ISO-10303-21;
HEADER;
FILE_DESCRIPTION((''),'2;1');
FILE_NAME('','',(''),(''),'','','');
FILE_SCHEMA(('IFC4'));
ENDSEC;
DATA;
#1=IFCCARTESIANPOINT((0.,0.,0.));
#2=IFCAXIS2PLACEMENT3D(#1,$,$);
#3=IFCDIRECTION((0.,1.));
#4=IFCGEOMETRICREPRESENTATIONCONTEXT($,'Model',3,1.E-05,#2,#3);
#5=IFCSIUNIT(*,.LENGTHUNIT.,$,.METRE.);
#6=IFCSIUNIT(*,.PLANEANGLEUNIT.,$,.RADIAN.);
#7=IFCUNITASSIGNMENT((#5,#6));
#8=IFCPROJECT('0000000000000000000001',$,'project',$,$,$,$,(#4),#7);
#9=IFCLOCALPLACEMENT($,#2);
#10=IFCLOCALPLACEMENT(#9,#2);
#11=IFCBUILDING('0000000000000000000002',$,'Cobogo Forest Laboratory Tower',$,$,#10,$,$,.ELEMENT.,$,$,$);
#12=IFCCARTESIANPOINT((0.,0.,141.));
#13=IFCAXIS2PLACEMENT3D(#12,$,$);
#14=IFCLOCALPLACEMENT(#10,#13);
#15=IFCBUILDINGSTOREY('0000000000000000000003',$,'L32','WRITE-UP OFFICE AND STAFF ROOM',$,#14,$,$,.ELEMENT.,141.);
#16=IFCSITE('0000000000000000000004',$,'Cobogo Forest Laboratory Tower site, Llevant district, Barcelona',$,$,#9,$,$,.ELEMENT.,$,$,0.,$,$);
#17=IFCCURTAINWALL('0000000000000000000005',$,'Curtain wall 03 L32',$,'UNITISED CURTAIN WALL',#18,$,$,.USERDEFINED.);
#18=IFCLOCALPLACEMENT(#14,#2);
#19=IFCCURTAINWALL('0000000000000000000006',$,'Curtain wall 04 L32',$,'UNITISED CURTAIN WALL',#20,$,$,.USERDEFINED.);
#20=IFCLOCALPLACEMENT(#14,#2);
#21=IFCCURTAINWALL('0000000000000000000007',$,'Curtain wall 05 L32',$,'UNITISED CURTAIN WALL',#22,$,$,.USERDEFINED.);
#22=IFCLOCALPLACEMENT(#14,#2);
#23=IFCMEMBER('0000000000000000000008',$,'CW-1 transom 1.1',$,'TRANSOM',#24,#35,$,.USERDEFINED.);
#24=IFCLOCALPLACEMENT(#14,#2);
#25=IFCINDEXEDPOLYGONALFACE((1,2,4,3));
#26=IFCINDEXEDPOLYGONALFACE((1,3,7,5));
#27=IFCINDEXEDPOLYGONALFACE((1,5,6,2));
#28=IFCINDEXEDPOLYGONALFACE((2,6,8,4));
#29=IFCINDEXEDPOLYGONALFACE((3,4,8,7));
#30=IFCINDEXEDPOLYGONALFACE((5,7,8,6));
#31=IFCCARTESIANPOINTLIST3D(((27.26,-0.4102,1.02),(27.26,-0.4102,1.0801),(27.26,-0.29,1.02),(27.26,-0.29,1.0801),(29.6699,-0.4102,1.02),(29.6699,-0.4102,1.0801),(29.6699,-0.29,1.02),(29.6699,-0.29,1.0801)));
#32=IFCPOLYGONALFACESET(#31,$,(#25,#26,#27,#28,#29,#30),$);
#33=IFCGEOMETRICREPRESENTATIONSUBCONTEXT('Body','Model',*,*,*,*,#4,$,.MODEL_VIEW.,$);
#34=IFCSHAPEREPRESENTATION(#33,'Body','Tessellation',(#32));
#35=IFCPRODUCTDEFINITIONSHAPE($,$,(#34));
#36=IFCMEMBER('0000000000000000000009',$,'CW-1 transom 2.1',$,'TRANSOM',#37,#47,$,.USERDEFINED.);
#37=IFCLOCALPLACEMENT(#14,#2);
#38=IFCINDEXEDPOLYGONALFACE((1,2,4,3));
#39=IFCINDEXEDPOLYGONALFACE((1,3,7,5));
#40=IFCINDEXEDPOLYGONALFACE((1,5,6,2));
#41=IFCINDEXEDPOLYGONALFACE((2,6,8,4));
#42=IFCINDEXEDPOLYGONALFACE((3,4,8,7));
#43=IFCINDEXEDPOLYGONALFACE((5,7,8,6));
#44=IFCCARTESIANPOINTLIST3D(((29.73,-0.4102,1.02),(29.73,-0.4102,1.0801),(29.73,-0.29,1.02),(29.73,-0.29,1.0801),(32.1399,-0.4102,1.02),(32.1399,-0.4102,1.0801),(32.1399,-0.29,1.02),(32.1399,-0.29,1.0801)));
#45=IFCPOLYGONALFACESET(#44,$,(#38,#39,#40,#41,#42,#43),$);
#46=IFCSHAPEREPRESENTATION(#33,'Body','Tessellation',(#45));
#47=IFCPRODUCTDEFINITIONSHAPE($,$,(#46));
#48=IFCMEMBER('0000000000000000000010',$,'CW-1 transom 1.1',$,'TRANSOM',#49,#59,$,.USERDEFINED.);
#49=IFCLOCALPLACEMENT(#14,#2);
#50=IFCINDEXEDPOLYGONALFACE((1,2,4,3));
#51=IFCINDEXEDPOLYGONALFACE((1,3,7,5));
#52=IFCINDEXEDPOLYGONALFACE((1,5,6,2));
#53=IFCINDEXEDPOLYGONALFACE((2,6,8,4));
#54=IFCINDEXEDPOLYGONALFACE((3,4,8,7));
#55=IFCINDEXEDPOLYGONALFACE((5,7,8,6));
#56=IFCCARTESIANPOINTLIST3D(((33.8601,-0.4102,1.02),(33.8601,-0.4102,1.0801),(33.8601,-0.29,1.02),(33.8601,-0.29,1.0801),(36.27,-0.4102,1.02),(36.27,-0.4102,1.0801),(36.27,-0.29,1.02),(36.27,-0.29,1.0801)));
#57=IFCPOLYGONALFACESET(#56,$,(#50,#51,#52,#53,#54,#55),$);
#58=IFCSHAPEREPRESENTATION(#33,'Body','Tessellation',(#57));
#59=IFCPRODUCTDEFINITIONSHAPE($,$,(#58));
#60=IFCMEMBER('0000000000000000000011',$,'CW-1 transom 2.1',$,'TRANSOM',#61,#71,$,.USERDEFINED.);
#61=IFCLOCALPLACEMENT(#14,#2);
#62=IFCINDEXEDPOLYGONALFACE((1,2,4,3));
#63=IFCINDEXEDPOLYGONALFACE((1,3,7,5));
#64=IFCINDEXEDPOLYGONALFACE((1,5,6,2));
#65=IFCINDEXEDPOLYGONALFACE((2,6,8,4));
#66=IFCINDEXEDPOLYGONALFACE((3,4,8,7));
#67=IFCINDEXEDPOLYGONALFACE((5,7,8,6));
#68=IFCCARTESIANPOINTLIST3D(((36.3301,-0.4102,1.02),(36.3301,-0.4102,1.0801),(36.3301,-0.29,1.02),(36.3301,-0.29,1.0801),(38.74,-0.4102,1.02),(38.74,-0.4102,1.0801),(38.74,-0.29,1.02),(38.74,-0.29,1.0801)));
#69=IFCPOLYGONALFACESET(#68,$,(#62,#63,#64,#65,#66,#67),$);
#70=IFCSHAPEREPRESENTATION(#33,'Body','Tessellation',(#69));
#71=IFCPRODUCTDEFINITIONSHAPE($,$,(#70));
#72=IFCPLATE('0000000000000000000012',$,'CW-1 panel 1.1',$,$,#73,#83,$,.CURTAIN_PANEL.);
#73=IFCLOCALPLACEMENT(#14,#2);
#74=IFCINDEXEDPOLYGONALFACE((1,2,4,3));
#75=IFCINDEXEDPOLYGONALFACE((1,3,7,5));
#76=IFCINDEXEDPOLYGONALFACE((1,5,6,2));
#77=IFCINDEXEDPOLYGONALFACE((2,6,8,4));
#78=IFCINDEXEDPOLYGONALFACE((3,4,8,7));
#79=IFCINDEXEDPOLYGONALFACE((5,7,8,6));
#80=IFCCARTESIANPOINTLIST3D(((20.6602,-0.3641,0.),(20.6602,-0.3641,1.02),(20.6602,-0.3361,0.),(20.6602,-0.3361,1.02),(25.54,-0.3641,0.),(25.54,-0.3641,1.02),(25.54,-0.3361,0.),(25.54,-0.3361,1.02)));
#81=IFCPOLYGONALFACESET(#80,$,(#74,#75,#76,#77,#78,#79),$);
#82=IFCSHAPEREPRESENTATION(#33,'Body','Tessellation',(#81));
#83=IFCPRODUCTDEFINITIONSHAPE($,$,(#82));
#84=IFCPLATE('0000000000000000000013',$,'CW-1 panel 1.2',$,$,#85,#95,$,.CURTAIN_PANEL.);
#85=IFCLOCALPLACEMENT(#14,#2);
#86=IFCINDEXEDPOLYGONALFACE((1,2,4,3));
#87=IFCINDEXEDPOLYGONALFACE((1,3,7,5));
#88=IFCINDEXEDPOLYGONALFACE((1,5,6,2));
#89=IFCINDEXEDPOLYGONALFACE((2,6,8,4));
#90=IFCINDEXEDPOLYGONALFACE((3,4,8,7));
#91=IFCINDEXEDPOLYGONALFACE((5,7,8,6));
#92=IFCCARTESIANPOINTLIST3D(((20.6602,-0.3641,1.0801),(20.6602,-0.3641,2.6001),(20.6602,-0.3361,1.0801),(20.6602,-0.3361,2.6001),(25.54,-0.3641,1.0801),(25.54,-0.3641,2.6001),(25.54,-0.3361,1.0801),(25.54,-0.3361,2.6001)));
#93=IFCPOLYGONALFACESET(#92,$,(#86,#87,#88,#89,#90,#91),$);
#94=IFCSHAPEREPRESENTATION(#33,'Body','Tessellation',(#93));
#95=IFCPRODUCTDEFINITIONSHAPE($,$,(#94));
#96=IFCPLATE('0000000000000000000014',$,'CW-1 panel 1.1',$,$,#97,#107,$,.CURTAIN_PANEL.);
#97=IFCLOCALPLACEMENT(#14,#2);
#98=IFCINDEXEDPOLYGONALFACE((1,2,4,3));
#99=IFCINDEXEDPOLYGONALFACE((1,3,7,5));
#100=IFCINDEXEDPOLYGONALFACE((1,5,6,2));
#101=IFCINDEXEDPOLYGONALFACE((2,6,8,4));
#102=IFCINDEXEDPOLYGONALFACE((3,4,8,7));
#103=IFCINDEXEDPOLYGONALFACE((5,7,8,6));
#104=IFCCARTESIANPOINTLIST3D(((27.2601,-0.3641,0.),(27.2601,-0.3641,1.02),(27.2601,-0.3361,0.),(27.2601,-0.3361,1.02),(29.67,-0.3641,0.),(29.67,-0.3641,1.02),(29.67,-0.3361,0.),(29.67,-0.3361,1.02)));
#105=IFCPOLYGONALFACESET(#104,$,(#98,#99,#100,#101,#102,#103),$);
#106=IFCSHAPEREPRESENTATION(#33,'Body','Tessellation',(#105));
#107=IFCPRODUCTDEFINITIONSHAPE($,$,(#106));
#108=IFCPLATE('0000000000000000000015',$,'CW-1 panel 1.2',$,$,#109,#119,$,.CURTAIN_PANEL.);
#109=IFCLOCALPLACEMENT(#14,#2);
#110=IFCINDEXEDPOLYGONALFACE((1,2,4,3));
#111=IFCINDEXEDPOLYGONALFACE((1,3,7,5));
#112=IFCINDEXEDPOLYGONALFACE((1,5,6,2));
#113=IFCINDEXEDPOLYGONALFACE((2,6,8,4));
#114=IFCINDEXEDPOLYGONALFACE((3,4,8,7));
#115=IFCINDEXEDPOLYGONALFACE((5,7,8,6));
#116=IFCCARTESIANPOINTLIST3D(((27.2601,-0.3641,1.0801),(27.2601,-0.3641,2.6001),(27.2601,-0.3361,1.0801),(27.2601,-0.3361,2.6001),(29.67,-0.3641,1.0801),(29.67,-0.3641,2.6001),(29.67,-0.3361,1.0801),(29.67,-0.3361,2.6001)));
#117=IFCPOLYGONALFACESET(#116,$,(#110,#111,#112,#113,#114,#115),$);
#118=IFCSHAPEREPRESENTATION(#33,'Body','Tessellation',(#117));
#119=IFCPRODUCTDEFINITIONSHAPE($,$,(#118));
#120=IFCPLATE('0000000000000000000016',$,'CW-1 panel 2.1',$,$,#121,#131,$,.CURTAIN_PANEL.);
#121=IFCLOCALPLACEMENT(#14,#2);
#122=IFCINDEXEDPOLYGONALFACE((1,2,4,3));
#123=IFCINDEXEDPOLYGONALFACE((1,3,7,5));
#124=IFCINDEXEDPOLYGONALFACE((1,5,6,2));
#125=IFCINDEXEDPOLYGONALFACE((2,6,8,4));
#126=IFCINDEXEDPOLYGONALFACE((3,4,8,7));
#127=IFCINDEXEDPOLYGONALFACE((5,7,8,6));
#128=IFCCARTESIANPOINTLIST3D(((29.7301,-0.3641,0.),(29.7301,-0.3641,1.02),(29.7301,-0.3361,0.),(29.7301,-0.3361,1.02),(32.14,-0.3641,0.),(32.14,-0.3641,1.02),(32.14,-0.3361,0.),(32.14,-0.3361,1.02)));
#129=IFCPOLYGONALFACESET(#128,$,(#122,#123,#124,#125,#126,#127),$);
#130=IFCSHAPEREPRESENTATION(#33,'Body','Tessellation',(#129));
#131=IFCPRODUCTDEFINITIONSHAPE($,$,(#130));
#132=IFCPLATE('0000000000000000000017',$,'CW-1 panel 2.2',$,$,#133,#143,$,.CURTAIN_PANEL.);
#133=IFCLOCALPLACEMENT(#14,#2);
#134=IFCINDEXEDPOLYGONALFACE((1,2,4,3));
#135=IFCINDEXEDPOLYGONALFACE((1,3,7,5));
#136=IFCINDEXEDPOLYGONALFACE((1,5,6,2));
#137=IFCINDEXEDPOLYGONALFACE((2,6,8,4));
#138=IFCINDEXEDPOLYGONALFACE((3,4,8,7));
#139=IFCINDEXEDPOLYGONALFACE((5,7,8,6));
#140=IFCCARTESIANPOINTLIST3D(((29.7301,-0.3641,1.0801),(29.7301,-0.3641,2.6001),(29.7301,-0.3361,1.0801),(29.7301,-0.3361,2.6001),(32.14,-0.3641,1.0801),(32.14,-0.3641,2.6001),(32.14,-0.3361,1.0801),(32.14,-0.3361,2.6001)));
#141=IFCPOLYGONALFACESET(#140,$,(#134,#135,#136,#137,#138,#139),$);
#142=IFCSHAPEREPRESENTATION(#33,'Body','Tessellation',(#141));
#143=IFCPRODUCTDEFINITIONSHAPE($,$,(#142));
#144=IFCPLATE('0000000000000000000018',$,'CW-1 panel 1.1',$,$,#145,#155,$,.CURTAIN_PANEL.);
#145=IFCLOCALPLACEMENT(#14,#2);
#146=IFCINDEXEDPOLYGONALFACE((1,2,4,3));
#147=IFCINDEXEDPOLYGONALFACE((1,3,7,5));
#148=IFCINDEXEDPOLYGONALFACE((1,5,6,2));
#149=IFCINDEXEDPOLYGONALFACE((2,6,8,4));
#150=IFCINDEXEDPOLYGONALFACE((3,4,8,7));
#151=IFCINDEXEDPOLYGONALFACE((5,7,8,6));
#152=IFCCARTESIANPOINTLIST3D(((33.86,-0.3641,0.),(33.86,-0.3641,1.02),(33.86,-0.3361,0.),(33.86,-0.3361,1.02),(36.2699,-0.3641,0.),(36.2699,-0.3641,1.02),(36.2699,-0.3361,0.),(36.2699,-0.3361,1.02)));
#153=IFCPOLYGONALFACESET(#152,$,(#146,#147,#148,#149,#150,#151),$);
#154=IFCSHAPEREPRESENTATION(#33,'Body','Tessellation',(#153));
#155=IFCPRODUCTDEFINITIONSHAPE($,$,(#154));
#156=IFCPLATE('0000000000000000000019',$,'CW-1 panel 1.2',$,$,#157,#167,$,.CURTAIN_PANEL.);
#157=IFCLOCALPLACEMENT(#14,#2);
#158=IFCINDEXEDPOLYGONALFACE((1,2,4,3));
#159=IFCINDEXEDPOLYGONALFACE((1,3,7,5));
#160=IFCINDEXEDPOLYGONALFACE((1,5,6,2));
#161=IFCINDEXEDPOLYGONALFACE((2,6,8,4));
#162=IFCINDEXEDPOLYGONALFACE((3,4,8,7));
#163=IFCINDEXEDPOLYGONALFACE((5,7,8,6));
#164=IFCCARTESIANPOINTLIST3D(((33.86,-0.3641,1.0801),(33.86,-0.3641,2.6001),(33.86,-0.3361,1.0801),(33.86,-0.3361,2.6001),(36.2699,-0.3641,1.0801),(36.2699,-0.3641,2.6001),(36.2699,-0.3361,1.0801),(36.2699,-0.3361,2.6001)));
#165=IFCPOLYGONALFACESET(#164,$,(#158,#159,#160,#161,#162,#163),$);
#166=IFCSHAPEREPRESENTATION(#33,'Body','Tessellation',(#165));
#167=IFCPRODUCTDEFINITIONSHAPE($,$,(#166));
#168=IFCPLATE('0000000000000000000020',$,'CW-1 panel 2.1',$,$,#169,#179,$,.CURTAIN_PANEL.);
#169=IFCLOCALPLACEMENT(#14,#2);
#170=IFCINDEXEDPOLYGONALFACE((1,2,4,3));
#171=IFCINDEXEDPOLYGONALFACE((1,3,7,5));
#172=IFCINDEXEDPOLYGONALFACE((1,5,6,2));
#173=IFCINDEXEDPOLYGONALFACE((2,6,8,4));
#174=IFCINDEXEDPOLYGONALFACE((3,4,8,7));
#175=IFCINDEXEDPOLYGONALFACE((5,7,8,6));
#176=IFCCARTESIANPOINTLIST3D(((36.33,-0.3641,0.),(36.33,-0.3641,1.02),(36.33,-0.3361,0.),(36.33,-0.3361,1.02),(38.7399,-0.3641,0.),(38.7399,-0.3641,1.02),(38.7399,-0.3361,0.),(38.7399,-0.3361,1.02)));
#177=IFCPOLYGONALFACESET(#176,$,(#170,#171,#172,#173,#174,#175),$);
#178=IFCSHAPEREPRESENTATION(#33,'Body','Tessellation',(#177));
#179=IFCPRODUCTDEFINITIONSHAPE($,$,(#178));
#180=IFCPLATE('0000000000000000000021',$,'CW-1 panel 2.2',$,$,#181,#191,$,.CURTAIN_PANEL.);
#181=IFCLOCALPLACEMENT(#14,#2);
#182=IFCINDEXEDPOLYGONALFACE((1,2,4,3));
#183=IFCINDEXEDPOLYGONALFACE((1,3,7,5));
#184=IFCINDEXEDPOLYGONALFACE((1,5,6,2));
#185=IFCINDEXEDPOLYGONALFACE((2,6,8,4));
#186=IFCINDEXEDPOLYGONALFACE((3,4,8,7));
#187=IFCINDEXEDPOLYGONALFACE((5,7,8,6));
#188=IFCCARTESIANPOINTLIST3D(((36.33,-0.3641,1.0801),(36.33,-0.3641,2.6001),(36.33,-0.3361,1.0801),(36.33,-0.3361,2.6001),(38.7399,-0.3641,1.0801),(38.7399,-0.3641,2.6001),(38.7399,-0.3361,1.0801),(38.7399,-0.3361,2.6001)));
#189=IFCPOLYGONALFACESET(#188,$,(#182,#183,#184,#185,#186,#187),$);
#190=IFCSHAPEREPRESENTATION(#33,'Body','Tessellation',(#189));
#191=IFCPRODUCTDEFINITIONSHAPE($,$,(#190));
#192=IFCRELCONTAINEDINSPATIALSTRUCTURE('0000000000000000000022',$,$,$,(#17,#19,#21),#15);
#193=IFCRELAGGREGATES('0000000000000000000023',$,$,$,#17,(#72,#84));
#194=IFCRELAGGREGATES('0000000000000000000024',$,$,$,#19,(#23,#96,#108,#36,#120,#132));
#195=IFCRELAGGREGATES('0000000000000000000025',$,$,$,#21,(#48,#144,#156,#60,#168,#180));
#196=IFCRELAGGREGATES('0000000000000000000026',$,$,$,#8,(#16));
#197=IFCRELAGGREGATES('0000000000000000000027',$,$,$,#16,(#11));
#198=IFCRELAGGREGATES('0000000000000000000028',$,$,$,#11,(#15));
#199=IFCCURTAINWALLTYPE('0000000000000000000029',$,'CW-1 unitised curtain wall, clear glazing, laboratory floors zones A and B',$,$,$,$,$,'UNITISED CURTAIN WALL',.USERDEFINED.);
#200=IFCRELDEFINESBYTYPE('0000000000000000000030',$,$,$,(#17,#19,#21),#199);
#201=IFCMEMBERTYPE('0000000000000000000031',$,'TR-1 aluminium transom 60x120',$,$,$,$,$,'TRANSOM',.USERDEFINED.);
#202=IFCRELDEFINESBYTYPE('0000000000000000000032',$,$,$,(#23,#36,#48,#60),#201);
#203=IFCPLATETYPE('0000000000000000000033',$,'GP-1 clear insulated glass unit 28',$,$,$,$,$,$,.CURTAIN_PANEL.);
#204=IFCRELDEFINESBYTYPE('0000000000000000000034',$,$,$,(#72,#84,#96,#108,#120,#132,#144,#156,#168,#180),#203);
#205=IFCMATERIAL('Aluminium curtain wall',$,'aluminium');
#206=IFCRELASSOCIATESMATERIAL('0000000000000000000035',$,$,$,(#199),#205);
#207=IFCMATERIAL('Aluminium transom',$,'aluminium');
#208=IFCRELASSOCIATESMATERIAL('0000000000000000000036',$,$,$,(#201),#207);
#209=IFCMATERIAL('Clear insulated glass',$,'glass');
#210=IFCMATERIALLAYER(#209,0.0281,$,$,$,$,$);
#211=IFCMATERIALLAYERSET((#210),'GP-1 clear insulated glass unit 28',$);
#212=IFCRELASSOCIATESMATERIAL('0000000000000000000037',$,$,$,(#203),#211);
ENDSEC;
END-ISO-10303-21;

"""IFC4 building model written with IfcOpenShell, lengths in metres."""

from ifc_helpers import new_model, si_unit, direction, frame, origin, origin_2d, place, context, subcontext, project, spatial, rectangle, extrude, material, layer, layer_set, material_profile, profile_set, type_object, element, aggregate, save


model = new_model("IFC4")

# Units and contexts
model_context = context("Model", 3, precision=1e-05, world=origin(), true_north=direction((0.0, 1.0)))
body_context = subcontext(model_context, "Body", "Model", "MODEL_VIEW")
ifc_project = project(units=[si_unit("LENGTHUNIT", "METRE"), si_unit("PLANEANGLEUNIT", "RADIAN")], contexts=[model_context])

# Site, building, storey
site_placement = place(None, origin())
site = spatial("IfcSite", under=ifc_project, at=site_placement, Name="Cobogo Forest Laboratory Tower site, Llevant district, Barcelona", CompositionType="ELEMENT", RefElevation=0.0)
building_placement = place(site_placement, origin())
building = spatial("IfcBuilding", under=site, at=building_placement, Name="Cobogo Forest Laboratory Tower", CompositionType="ELEMENT")
storey_placement = place(building_placement, frame((0.0, 0.0, 141.0)))
storey = spatial("IfcBuildingStorey", under=building, at=storey_placement, Name="L32", Description="WRITE-UP OFFICE AND STAFF ROOM", CompositionType="ELEMENT", Elevation=141.0)

# Curtain walls
ifc_material_1 = material(Name="Aluminium curtain wall", Category="aluminium")
curtain_wall_type = type_object("IfcCurtainWallType", Name="CW-1 unitised curtain wall, clear glazing, laboratory floors zones A and B", ElementType="UNITISED CURTAIN WALL", PredefinedType="USERDEFINED", material=ifc_material_1)
curtain_wall_1_placement = place(storey_placement, origin())
curtain_wall_1 = element("IfcCurtainWall", 1, at=curtain_wall_1_placement, inside=storey, type_object=curtain_wall_type, Name="Curtain wall 03 L32", ObjectType="UNITISED CURTAIN WALL", PredefinedType="USERDEFINED")
curtain_wall_2_placement = place(storey_placement, origin())
curtain_wall_2 = element("IfcCurtainWall", 2, at=curtain_wall_2_placement, inside=storey, type_object=curtain_wall_type, Name="Curtain wall 04 L32", ObjectType="UNITISED CURTAIN WALL", PredefinedType="USERDEFINED")
curtain_wall_3_placement = place(storey_placement, origin())
curtain_wall_3 = element("IfcCurtainWall", 3, at=curtain_wall_3_placement, inside=storey, type_object=curtain_wall_type, Name="Curtain wall 05 L32", ObjectType="UNITISED CURTAIN WALL", PredefinedType="USERDEFINED")

# Members
ifc_material_2 = material(Name="Aluminium transom", Category="aluminium")
ifc_material_profile_1 = material_profile(ifc_material_2, rectangle(XDim=0.1201, YDim=0.0601, at=origin_2d()), Name="AL 60x120")
ifc_profile_set_1 = profile_set([ifc_material_profile_1], Name="Aluminium transom")
member_type_1 = type_object("IfcMemberType", Name="TR-1 aluminium transom 60x120", ElementType="TRANSOM", PredefinedType="USERDEFINED", material=ifc_profile_set_1)
member_1_placement = place(storey_placement, frame((27.26, -0.3501, 1.05), z_axis=(1.0, 0.0, 0.0), x_axis=(0.0, 1.0, 0.0)))
member_1 = element("IfcMember", 4, at=member_1_placement, type_object=member_type_1, Name="CW-1 transom 1.1", ObjectType="TRANSOM", PredefinedType="USERDEFINED", context=body_context, shape_type="SweptSolid", body=[
    extrude(rectangle(XDim=0.1201, YDim=0.0601, at=origin_2d()), origin(), (0.0, 0.0, 1.0), 2.4099),
])
member_2_placement = place(storey_placement, frame((29.73, -0.3501, 1.05), z_axis=(1.0, 0.0, 0.0), x_axis=(0.0, 1.0, 0.0)))
member_2 = element("IfcMember", 5, at=member_2_placement, type_object=member_type_1, Name="CW-1 transom 2.1", ObjectType="TRANSOM", PredefinedType="USERDEFINED", context=body_context, shape_type="SweptSolid", body=[
    extrude(rectangle(XDim=0.1201, YDim=0.0601, at=origin_2d()), origin(), (0.0, 0.0, 1.0), 2.4099),
])
member_3_placement = place(storey_placement, frame((33.8601, -0.3501, 1.05), z_axis=(1.0, 0.0, 0.0), x_axis=(0.0, 1.0, 0.0)))
member_3 = element("IfcMember", 6, at=member_3_placement, type_object=member_type_1, Name="CW-1 transom 1.1", ObjectType="TRANSOM", PredefinedType="USERDEFINED", context=body_context, shape_type="SweptSolid", body=[
    extrude(rectangle(XDim=0.1201, YDim=0.0601, at=origin_2d()), origin(), (0.0, 0.0, 1.0), 2.4099),
])
member_4_placement = place(storey_placement, frame((36.3301, -0.3501, 1.05), z_axis=(1.0, 0.0, 0.0), x_axis=(0.0, 1.0, 0.0)))
member_4 = element("IfcMember", 7, at=member_4_placement, type_object=member_type_1, Name="CW-1 transom 2.1", ObjectType="TRANSOM", PredefinedType="USERDEFINED", context=body_context, shape_type="SweptSolid", body=[
    extrude(rectangle(XDim=0.1201, YDim=0.0601, at=origin_2d()), origin(), (0.0, 0.0, 1.0), 2.4099),
])

# Plates
ifc_material_3 = material(Name="Clear insulated glass", Category="glass")
ifc_layer_1 = layer(ifc_material_3, 0.0281)
ifc_layer_set_1 = layer_set([ifc_layer_1], Name="GP-1 clear insulated glass unit 28")
plate_type_1 = type_object("IfcPlateType", Name="GP-1 clear insulated glass unit 28", PredefinedType="CURTAIN_PANEL", material=ifc_layer_set_1)
plate_1_placement = place(storey_placement, frame((23.1001, -0.3501, 0.0), z_axis=(0.0, 0.0, 1.0), x_axis=(1.0, 0.0, 0.0)))
plate_1 = element("IfcPlate", 8, at=plate_1_placement, type_object=plate_type_1, Name="CW-1 panel 1.1", PredefinedType="CURTAIN_PANEL", context=body_context, shape_type="SweptSolid", body=[
    extrude(rectangle(XDim=4.8799, YDim=0.0281, at=origin_2d()), origin(), (0.0, 0.0, 1.0), 1.02),
])
plate_2_placement = place(storey_placement, frame((23.1001, -0.3501, 1.0801), z_axis=(0.0, 0.0, 1.0), x_axis=(1.0, 0.0, 0.0)))
plate_2 = element("IfcPlate", 9, at=plate_2_placement, type_object=plate_type_1, Name="CW-1 panel 1.2", PredefinedType="CURTAIN_PANEL", context=body_context, shape_type="SweptSolid", body=[
    extrude(rectangle(XDim=4.8799, YDim=0.0281, at=origin_2d()), origin(), (0.0, 0.0, 1.0), 1.52),
])
aggregate(curtain_wall_1, [plate_1, plate_2])
plate_3_placement = place(storey_placement, frame((28.4651, -0.3501, 0.0), z_axis=(0.0, 0.0, 1.0), x_axis=(1.0, 0.0, 0.0)))
plate_3 = element("IfcPlate", 10, at=plate_3_placement, type_object=plate_type_1, Name="CW-1 panel 1.1", PredefinedType="CURTAIN_PANEL", context=body_context, shape_type="SweptSolid", body=[
    extrude(rectangle(XDim=2.4099, YDim=0.0281, at=origin_2d()), origin(), (0.0, 0.0, 1.0), 1.02),
])
plate_4_placement = place(storey_placement, frame((28.4651, -0.3501, 1.0801), z_axis=(0.0, 0.0, 1.0), x_axis=(1.0, 0.0, 0.0)))
plate_4 = element("IfcPlate", 11, at=plate_4_placement, type_object=plate_type_1, Name="CW-1 panel 1.2", PredefinedType="CURTAIN_PANEL", context=body_context, shape_type="SweptSolid", body=[
    extrude(rectangle(XDim=2.4099, YDim=0.0281, at=origin_2d()), origin(), (0.0, 0.0, 1.0), 1.52),
])
plate_5_placement = place(storey_placement, frame((30.9351, -0.3501, 0.0), z_axis=(0.0, 0.0, 1.0), x_axis=(1.0, 0.0, 0.0)))
plate_5 = element("IfcPlate", 12, at=plate_5_placement, type_object=plate_type_1, Name="CW-1 panel 2.1", PredefinedType="CURTAIN_PANEL", context=body_context, shape_type="SweptSolid", body=[
    extrude(rectangle(XDim=2.4099, YDim=0.0281, at=origin_2d()), origin(), (0.0, 0.0, 1.0), 1.02),
])
plate_6_placement = place(storey_placement, frame((30.9351, -0.3501, 1.0801), z_axis=(0.0, 0.0, 1.0), x_axis=(1.0, 0.0, 0.0)))
plate_6 = element("IfcPlate", 13, at=plate_6_placement, type_object=plate_type_1, Name="CW-1 panel 2.2", PredefinedType="CURTAIN_PANEL", context=body_context, shape_type="SweptSolid", body=[
    extrude(rectangle(XDim=2.4099, YDim=0.0281, at=origin_2d()), origin(), (0.0, 0.0, 1.0), 1.52),
])
aggregate(curtain_wall_2, [member_1, plate_3, plate_4, member_2, plate_5, plate_6])
plate_7_placement = place(storey_placement, frame((35.0649, -0.3501, 0.0), z_axis=(0.0, 0.0, 1.0), x_axis=(1.0, 0.0, 0.0)))
plate_7 = element("IfcPlate", 14, at=plate_7_placement, type_object=plate_type_1, Name="CW-1 panel 1.1", PredefinedType="CURTAIN_PANEL", context=body_context, shape_type="SweptSolid", body=[
    extrude(rectangle(XDim=2.4099, YDim=0.0281, at=origin_2d()), origin(), (0.0, 0.0, 1.0), 1.02),
])
plate_8_placement = place(storey_placement, frame((35.0649, -0.3501, 1.0801), z_axis=(0.0, 0.0, 1.0), x_axis=(1.0, 0.0, 0.0)))
plate_8 = element("IfcPlate", 15, at=plate_8_placement, type_object=plate_type_1, Name="CW-1 panel 1.2", PredefinedType="CURTAIN_PANEL", context=body_context, shape_type="SweptSolid", body=[
    extrude(rectangle(XDim=2.4099, YDim=0.0281, at=origin_2d()), origin(), (0.0, 0.0, 1.0), 1.52),
])
plate_9_placement = place(storey_placement, frame((37.5349, -0.3501, 0.0), z_axis=(0.0, 0.0, 1.0), x_axis=(1.0, 0.0, 0.0)))
plate_9 = element("IfcPlate", 16, at=plate_9_placement, type_object=plate_type_1, Name="CW-1 panel 2.1", PredefinedType="CURTAIN_PANEL", context=body_context, shape_type="SweptSolid", body=[
    extrude(rectangle(XDim=2.4099, YDim=0.0281, at=origin_2d()), origin(), (0.0, 0.0, 1.0), 1.02),
])
plate_10_placement = place(storey_placement, frame((37.5349, -0.3501, 1.0801), z_axis=(0.0, 0.0, 1.0), x_axis=(1.0, 0.0, 0.0)))
plate_10 = element("IfcPlate", 17, at=plate_10_placement, type_object=plate_type_1, Name="CW-1 panel 2.2", PredefinedType="CURTAIN_PANEL", context=body_context, shape_type="SweptSolid", body=[
    extrude(rectangle(XDim=2.4099, YDim=0.0281, at=origin_2d()), origin(), (0.0, 0.0, 1.0), 1.52),
])
aggregate(curtain_wall_3, [member_3, plate_7, plate_8, member_4, plate_9, plate_10])

save(model, "model.ifc")
